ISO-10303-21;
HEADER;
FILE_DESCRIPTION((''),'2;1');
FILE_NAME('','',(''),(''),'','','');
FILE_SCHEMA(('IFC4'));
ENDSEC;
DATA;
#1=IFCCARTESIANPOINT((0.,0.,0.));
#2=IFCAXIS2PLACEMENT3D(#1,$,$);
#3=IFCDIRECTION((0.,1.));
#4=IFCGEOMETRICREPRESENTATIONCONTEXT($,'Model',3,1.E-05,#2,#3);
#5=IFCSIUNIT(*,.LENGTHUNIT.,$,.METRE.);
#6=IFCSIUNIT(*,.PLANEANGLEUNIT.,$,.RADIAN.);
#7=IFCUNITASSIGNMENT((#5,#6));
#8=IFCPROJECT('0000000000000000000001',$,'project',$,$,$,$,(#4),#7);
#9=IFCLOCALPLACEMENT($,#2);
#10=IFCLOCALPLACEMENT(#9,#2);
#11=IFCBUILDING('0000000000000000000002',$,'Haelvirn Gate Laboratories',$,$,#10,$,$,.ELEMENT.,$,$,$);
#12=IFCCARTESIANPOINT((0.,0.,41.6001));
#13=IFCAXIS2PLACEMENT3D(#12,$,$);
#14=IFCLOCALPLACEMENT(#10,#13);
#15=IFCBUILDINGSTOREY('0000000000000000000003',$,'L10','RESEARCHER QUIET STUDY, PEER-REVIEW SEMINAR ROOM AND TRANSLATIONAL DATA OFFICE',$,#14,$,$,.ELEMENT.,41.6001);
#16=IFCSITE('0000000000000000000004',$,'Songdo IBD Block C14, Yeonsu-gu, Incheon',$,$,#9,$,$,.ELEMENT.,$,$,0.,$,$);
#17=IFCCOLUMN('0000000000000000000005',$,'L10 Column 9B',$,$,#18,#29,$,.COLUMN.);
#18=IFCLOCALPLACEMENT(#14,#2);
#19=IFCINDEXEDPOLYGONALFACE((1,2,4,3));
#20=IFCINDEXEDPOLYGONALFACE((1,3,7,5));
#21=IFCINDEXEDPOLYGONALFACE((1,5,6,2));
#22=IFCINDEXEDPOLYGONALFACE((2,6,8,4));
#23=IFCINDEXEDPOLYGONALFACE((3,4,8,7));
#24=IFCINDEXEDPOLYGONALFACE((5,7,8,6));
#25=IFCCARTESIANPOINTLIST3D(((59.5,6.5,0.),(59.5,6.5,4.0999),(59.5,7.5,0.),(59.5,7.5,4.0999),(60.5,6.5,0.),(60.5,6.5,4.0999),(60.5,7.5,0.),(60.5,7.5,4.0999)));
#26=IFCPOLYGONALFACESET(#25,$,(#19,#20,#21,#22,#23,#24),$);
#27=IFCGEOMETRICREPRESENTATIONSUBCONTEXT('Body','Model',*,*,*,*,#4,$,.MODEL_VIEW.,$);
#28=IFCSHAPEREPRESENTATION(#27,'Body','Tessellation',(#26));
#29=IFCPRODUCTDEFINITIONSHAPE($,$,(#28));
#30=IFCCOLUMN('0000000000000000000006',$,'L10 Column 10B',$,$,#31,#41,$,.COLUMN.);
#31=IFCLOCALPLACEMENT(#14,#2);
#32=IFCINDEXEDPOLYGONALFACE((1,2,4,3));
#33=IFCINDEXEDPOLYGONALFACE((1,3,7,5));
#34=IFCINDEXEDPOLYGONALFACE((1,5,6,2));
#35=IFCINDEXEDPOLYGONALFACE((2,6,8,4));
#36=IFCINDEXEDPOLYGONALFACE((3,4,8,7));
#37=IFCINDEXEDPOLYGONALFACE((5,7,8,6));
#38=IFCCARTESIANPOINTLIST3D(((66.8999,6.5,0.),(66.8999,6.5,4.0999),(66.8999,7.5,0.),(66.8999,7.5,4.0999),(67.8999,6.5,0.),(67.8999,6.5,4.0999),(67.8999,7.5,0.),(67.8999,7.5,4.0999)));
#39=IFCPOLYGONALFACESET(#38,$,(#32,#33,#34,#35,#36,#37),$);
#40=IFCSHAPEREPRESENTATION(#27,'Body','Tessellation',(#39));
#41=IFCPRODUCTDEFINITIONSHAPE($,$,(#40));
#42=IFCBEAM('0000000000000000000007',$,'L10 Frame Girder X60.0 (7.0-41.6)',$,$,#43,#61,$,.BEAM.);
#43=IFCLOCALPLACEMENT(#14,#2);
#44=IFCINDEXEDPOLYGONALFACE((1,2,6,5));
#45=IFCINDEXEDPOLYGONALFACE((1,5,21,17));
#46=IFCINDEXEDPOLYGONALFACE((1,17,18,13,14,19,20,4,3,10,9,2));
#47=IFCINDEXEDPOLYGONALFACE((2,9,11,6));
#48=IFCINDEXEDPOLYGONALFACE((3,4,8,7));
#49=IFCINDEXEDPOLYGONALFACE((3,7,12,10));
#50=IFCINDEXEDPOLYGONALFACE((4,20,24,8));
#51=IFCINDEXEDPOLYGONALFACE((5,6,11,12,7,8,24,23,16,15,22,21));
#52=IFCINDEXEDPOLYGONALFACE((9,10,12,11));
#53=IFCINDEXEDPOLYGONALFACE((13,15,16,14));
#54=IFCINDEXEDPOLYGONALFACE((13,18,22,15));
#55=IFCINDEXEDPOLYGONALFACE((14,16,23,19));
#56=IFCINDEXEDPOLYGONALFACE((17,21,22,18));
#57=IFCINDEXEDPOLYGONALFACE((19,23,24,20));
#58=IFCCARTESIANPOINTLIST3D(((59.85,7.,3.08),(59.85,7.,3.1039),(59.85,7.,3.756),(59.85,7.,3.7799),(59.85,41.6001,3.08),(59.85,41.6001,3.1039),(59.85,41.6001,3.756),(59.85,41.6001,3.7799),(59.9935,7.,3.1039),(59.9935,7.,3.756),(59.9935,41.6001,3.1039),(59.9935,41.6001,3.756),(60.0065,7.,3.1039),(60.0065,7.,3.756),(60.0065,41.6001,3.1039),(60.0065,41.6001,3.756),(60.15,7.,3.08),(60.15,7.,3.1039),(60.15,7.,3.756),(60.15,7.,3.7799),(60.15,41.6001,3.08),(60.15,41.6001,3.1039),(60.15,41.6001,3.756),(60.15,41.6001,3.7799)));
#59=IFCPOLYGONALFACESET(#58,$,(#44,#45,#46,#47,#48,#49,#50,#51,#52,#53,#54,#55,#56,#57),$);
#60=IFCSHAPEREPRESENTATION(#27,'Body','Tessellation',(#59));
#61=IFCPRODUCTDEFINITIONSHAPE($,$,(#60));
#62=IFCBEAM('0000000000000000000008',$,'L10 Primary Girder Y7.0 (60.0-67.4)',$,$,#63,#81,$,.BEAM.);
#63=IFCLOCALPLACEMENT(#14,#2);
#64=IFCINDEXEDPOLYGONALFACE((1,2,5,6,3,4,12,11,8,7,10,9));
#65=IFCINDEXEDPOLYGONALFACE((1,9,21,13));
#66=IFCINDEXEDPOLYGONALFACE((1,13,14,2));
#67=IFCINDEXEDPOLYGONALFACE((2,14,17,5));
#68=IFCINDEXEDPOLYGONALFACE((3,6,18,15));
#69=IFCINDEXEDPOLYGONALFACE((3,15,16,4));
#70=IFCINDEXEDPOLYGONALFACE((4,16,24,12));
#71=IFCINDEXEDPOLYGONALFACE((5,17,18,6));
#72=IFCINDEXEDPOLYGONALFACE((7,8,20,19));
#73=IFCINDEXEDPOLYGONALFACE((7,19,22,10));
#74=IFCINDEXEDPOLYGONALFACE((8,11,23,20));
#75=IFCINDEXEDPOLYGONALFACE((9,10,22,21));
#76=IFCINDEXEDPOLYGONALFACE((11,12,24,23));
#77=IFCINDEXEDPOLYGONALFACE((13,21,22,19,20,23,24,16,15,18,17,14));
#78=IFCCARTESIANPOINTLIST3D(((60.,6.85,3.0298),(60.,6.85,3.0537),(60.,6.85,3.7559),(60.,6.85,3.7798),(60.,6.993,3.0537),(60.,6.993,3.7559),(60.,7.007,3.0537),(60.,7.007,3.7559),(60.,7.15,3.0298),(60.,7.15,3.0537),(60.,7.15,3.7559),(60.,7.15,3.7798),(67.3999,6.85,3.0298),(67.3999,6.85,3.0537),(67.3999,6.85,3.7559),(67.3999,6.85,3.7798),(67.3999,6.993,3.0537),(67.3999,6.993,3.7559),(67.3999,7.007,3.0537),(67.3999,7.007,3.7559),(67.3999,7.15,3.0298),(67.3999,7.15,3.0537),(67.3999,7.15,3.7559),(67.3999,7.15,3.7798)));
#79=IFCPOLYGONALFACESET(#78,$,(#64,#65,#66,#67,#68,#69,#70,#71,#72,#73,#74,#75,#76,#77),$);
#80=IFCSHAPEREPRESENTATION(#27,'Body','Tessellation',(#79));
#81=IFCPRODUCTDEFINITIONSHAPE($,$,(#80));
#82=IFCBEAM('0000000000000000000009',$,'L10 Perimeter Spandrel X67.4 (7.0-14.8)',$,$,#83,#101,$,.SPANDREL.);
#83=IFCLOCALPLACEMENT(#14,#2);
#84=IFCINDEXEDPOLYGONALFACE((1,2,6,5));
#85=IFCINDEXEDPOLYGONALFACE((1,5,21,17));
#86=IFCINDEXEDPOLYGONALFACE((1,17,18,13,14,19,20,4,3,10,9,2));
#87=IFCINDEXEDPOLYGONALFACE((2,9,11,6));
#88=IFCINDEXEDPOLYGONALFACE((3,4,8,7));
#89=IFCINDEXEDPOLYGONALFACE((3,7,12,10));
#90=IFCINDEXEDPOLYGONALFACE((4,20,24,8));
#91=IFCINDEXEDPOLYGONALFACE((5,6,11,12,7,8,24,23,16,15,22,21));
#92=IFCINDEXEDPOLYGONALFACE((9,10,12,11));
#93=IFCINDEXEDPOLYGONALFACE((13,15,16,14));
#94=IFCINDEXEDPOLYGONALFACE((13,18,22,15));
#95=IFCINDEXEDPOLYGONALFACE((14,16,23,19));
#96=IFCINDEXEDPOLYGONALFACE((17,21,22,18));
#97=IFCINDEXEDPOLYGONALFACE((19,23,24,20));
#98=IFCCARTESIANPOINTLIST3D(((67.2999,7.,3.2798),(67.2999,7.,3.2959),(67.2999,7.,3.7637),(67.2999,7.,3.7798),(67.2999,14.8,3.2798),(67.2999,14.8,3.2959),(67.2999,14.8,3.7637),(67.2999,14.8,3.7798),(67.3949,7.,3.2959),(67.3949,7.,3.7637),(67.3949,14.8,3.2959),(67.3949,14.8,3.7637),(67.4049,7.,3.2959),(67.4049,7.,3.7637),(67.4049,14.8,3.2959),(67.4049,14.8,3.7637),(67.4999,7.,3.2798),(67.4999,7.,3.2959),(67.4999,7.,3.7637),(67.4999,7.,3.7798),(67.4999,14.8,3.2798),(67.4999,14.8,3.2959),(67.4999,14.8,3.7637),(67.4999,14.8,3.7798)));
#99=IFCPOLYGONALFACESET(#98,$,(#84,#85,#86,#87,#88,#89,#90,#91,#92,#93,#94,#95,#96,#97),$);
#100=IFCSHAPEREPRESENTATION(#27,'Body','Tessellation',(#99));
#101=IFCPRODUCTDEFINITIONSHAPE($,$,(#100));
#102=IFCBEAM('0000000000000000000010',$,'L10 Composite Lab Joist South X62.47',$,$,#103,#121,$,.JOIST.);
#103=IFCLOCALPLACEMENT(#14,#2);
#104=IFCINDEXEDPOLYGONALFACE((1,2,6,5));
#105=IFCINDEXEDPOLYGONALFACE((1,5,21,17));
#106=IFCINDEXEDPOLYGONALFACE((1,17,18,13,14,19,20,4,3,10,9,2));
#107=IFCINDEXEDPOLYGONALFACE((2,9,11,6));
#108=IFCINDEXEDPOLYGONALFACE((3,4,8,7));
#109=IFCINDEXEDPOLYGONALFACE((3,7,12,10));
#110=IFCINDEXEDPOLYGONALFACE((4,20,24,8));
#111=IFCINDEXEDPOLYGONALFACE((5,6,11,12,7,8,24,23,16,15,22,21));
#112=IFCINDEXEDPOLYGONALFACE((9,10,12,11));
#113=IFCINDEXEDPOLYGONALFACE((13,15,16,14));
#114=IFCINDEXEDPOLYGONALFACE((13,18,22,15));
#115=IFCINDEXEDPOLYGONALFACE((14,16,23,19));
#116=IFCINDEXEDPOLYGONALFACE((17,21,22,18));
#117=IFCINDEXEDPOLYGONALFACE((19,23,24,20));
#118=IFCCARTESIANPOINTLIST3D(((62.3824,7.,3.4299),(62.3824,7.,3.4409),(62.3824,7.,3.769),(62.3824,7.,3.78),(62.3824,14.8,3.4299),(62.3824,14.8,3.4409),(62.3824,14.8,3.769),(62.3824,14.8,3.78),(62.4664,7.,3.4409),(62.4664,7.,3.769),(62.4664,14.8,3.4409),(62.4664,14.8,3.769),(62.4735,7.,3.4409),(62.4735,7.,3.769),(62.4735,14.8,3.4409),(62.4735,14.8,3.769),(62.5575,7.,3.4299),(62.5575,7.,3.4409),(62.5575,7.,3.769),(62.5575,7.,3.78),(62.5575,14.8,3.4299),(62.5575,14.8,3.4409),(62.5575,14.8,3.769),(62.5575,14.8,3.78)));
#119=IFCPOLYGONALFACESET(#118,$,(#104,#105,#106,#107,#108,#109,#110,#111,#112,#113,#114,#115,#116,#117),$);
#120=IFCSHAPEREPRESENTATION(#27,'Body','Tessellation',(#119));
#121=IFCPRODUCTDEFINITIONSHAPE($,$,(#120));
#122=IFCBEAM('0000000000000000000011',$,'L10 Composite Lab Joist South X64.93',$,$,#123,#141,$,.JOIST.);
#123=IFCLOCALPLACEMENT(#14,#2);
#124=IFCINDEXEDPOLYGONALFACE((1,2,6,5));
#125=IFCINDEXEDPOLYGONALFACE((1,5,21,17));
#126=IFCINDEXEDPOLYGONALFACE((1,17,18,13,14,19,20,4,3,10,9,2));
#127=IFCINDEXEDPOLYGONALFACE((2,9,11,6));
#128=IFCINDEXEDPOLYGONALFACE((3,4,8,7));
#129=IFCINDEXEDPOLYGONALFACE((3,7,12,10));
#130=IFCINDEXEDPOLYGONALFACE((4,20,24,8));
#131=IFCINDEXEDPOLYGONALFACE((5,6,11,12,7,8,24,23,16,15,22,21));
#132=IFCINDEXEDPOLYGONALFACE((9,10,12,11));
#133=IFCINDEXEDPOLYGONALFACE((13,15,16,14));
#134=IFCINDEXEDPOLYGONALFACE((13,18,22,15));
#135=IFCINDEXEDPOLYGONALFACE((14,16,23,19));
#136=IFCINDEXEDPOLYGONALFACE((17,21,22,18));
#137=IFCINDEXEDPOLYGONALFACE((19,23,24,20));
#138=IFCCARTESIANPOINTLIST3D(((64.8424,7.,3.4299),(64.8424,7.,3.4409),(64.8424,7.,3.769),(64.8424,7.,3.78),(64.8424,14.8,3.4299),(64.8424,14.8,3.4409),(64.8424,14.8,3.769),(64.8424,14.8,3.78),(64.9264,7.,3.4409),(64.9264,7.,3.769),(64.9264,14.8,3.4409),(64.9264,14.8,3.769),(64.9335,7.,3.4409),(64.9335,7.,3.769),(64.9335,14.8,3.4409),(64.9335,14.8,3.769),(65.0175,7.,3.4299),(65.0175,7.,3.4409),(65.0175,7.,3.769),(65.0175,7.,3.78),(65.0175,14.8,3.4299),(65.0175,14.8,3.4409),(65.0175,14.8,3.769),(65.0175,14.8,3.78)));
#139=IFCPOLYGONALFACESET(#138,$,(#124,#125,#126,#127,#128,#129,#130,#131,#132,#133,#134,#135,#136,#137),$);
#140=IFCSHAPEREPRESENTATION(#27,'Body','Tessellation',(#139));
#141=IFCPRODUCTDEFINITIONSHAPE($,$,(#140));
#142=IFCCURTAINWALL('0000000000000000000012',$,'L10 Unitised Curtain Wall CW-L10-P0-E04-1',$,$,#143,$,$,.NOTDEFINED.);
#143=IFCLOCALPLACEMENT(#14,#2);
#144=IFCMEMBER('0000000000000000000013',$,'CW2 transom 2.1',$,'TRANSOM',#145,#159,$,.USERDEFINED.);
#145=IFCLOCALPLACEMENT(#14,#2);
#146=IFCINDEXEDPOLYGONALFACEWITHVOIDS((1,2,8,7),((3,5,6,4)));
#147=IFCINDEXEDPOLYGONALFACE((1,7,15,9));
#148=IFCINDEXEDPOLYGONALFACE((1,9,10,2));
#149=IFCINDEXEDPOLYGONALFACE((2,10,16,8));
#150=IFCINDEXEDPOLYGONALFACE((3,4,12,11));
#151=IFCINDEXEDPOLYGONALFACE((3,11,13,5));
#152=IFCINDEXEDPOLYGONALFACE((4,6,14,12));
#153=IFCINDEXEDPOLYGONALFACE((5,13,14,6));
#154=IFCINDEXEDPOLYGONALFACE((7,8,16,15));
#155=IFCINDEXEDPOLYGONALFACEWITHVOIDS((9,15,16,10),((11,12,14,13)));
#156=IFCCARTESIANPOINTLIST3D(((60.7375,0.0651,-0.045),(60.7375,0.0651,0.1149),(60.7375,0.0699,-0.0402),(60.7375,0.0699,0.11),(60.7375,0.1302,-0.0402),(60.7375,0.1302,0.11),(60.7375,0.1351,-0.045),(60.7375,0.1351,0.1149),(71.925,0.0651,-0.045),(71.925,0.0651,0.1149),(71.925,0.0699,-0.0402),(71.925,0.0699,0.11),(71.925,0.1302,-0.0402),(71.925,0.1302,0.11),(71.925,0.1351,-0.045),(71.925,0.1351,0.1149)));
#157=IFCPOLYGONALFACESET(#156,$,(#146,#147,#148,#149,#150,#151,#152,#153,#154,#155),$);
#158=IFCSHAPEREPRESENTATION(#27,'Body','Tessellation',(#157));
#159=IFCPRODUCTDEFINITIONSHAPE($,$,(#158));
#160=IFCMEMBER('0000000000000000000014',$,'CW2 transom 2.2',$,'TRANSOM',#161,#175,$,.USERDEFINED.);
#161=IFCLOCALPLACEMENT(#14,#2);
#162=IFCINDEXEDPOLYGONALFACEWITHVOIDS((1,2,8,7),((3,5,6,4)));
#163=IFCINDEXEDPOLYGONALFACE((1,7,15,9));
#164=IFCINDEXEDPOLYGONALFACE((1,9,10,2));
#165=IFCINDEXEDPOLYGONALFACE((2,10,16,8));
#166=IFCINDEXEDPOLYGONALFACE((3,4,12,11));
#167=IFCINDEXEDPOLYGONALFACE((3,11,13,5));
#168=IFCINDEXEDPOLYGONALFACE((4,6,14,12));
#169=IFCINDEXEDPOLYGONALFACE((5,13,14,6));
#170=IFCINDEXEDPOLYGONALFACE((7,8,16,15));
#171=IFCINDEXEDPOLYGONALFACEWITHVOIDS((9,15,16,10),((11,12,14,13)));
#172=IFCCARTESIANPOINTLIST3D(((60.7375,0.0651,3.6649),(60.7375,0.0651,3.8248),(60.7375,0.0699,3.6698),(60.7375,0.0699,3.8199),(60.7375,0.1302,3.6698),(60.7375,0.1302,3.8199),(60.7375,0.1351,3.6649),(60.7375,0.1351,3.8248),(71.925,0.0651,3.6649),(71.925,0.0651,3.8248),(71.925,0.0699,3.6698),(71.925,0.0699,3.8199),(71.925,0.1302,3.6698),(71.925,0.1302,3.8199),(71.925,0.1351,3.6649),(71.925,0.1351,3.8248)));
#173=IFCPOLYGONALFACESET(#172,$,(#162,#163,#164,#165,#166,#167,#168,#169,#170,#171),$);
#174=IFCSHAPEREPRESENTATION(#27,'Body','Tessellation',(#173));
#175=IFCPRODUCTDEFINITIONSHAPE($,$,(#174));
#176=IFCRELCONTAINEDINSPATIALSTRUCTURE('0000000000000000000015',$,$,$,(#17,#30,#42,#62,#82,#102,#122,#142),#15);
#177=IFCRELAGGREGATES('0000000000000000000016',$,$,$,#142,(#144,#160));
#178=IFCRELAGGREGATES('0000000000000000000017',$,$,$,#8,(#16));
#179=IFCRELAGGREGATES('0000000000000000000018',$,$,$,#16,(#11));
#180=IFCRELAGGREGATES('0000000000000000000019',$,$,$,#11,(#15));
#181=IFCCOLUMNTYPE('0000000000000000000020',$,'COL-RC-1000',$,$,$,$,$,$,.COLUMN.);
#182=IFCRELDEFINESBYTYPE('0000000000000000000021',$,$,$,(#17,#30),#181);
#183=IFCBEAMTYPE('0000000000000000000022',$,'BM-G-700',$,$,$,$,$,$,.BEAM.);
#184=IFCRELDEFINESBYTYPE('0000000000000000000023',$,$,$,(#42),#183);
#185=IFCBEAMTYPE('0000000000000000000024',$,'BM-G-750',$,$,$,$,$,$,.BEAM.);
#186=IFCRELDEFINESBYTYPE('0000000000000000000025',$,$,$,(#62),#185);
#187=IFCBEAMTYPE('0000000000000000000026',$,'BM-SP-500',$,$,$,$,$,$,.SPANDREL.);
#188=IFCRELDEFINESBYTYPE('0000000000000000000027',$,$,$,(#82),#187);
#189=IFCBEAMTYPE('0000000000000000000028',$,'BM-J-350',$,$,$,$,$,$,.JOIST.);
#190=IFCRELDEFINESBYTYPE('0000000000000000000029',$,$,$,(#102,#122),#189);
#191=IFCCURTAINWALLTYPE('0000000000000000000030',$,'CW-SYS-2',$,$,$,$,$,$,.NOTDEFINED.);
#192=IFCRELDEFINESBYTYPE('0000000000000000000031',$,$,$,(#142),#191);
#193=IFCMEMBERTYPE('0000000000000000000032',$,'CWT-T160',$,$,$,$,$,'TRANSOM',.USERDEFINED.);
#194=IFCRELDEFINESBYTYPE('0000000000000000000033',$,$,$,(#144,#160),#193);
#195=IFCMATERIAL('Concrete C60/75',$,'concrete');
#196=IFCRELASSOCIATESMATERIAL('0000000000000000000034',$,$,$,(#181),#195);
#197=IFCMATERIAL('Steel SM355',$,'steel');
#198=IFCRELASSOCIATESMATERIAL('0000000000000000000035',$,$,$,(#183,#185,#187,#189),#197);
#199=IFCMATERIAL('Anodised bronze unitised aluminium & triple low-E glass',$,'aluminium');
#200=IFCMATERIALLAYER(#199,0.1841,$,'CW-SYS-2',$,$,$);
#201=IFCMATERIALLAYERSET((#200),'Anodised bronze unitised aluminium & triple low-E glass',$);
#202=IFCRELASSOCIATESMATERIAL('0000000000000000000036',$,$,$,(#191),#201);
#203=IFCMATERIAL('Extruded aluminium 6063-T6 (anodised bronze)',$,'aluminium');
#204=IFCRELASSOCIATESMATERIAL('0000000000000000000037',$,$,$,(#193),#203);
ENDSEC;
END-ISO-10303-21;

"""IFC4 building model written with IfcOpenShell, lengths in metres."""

from ifc_helpers import new_model, si_unit, direction, frame, origin, origin_2d, place, context, subcontext, project, spatial, rectangle, hollow_rectangle, i_section, extrude, source, transform, mapped, material, layer, layer_set, material_profile, profile_set, type_object, type_shapes, element, aggregate, save


model = new_model("IFC4")

# Units and contexts
model_context = context("Model", 3, precision=1e-05, world=origin(), true_north=direction((0.0, 1.0)))
body_context = subcontext(model_context, "Body", "Model", "MODEL_VIEW")
ifc_project = project(units=[si_unit("LENGTHUNIT", "METRE"), si_unit("PLANEANGLEUNIT", "RADIAN")], contexts=[model_context])

# Site, building, storey
site_placement = place(None, origin())
site = spatial("IfcSite", under=ifc_project, at=site_placement, Name="Songdo IBD Block C14, Yeonsu-gu, Incheon", CompositionType="ELEMENT", RefElevation=0.0)
building_placement = place(site_placement, origin())
building = spatial("IfcBuilding", under=site, at=building_placement, Name="Haelvirn Gate Laboratories", CompositionType="ELEMENT")
storey_placement = place(building_placement, frame((0.0, 0.0, 41.6001)))
storey = spatial("IfcBuildingStorey", under=building, at=storey_placement, Name="L10", Description="RESEARCHER QUIET STUDY, PEER-REVIEW SEMINAR ROOM AND TRANSLATIONAL DATA OFFICE", CompositionType="ELEMENT", Elevation=41.6001)

# Columns
ifc_material_1 = material(Name="Concrete C60/75", Category="concrete")
ifc_material_profile_1 = material_profile(ifc_material_1, rectangle(XDim=1.0, YDim=1.0, at=origin_2d()), Name="RC-1000x1000")
ifc_profile_set_1 = profile_set([ifc_material_profile_1], Name="Concrete C60/75")
column_type = type_object("IfcColumnType", Name="COL-RC-1000", PredefinedType="COLUMN", material=ifc_profile_set_1)
shared_shape_1 = source(origin(), body_context, "Body", "SweptSolid", [
    extrude(rectangle(XDim=1.0, YDim=1.0, at=origin_2d()), origin(), (0.0, 0.0, 1.0), 4.0999),
])
type_shapes(column_type, [shared_shape_1])
for number, where, z_axis, x_axis, name in (
    (1, (60.0, 7.0, 0.0), (0.0, 0.0, 1.0), (1.0, 0.0, 0.0), "L10 Column 9B"),
    (2, (67.3999, 7.0, 0.0), (0.0, 0.0, 1.0), (1.0, 0.0, 0.0), "L10 Column 10B"),
):
    element("IfcColumn", number, at=place(storey_placement, frame(where, z_axis=z_axis, x_axis=x_axis)), inside=storey, type_object=column_type, Name=name, PredefinedType="COLUMN", context=body_context, shape_type="MappedRepresentation", body=[
        mapped(shared_shape_1, transform((0.0, 0.0, 0.0), scale=1.0)),
    ])

# Beams
ifc_material_2 = material(Name="Steel SM355", Category="steel")
ifc_material_profile_2 = material_profile(ifc_material_2, i_section(OverallWidth=0.3, OverallDepth=0.7, WebThickness=0.0129, FlangeThickness=0.0239, at=origin_2d()), Name="H-700x300x13x24")
ifc_profile_set_2 = profile_set([ifc_material_profile_2], Name="Steel SM355")
beam_type_1 = type_object("IfcBeamType", Name="BM-G-700", PredefinedType="BEAM", material=ifc_profile_set_2)
shared_shape_2 = source(origin(), body_context, "Body", "SweptSolid", [
    extrude(i_section(OverallWidth=0.3, OverallDepth=0.7, WebThickness=0.0129, FlangeThickness=0.0239, at=origin_2d()), origin(), (0.0, 0.0, 1.0), 34.6001),
])
type_shapes(beam_type_1, [shared_shape_2])
beam_1_placement = place(storey_placement, frame((60.0, 7.0, 3.4299), z_axis=(0.0, 1.0, 0.0), x_axis=(-1.0, 0.0, 0.0)))
element("IfcBeam", 3, at=beam_1_placement, inside=storey, type_object=beam_type_1, Name="L10 Frame Girder X60.0 (7.0-41.6)", PredefinedType="BEAM", context=body_context, shape_type="MappedRepresentation", body=[
    mapped(shared_shape_2, transform((0.0, 0.0, 0.0), scale=1.0)),
])
ifc_material_profile_3 = material_profile(ifc_material_2, i_section(OverallWidth=0.3, OverallDepth=0.75, WebThickness=0.0139, FlangeThickness=0.0239, at=origin_2d()), Name="H-750x300x14x24")
ifc_profile_set_3 = profile_set([ifc_material_profile_3], Name="Steel SM355")
beam_type_2 = type_object("IfcBeamType", Name="BM-G-750", PredefinedType="BEAM", material=ifc_profile_set_3)
shared_shape_3 = source(origin(), body_context, "Body", "SweptSolid", [
    extrude(i_section(OverallWidth=0.3, OverallDepth=0.75, WebThickness=0.0139, FlangeThickness=0.0239, at=origin_2d()), origin(), (0.0, 0.0, 1.0), 7.3999),
])
type_shapes(beam_type_2, [shared_shape_3])
beam_2_placement = place(storey_placement, frame((60.0, 7.0, 3.4048), z_axis=(1.0, 0.0, 0.0), x_axis=(0.0, 1.0, 0.0)))
element("IfcBeam", 4, at=beam_2_placement, inside=storey, type_object=beam_type_2, Name="L10 Primary Girder Y7.0 (60.0-67.4)", PredefinedType="BEAM", context=body_context, shape_type="MappedRepresentation", body=[
    mapped(shared_shape_3, transform((0.0, 0.0, 0.0), scale=1.0)),
])
ifc_material_profile_4 = material_profile(ifc_material_2, i_section(OverallWidth=0.2, OverallDepth=0.5, WebThickness=0.01, FlangeThickness=0.0161, at=origin_2d()), Name="H-500x200x10x16")
ifc_profile_set_4 = profile_set([ifc_material_profile_4], Name="Steel SM355")
beam_type_3 = type_object("IfcBeamType", Name="BM-SP-500", PredefinedType="SPANDREL", material=ifc_profile_set_4)
shared_shape_4 = source(origin(), body_context, "Body", "SweptSolid", [
    extrude(i_section(OverallWidth=0.2, OverallDepth=0.5, WebThickness=0.01, FlangeThickness=0.0161, at=origin_2d()), origin(), (0.0, 0.0, 1.0), 7.8),
])
type_shapes(beam_type_3, [shared_shape_4])
beam_3_placement = place(storey_placement, frame((67.3999, 7.0, 3.5298), z_axis=(0.0, 1.0, 0.0), x_axis=(-1.0, 0.0, 0.0)))
element("IfcBeam", 5, at=beam_3_placement, inside=storey, type_object=beam_type_3, Name="L10 Perimeter Spandrel X67.4 (7.0-14.8)", PredefinedType="SPANDREL", context=body_context, shape_type="MappedRepresentation", body=[
    mapped(shared_shape_4, transform((0.0, 0.0, 0.0), scale=1.0)),
])
ifc_material_profile_5 = material_profile(ifc_material_2, i_section(OverallWidth=0.175, OverallDepth=0.3501, WebThickness=0.0071, FlangeThickness=0.011, at=origin_2d()), Name="H-350x175x7x11")
ifc_profile_set_5 = profile_set([ifc_material_profile_5], Name="Steel SM355")
beam_type_4 = type_object("IfcBeamType", Name="BM-J-350", PredefinedType="JOIST", material=ifc_profile_set_5)
shared_shape_5 = source(origin(), body_context, "Body", "SweptSolid", [
    extrude(i_section(OverallWidth=0.175, OverallDepth=0.3501, WebThickness=0.0071, FlangeThickness=0.011, at=origin_2d()), origin(), (0.0, 0.0, 1.0), 7.8),
])
type_shapes(beam_type_4, [shared_shape_5])
for number, where, z_axis, x_axis, name in (
    (6, (62.47, 7.0, 3.605), (0.0, 1.0, 0.0), (-1.0, 0.0, 0.0), "L10 Composite Lab Joist South X62.47"),
    (7, (64.9299, 7.0, 3.605), (0.0, 1.0, 0.0), (-1.0, 0.0, 0.0), "L10 Composite Lab Joist South X64.93"),
):
    element("IfcBeam", number, at=place(storey_placement, frame(where, z_axis=z_axis, x_axis=x_axis)), inside=storey, type_object=beam_type_4, Name=name, PredefinedType="JOIST", context=body_context, shape_type="MappedRepresentation", body=[
        mapped(shared_shape_5, transform((0.0, 0.0, 0.0), scale=1.0)),
    ])

# Curtain wall, members
ifc_material_3 = material(Name="Anodised bronze unitised aluminium & triple low-E glass", Category="aluminium")
ifc_layer_1 = layer(ifc_material_3, 0.1841, Name="CW-SYS-2")
ifc_layer_set_1 = layer_set([ifc_layer_1], Name="Anodised bronze unitised aluminium & triple low-E glass")
curtain_wall_type_1 = type_object("IfcCurtainWallType", Name="CW-SYS-2", PredefinedType="NOTDEFINED", material=ifc_layer_set_1)
curtain_wall_1_placement = place(storey_placement, origin())
curtain_wall_1 = element("IfcCurtainWall", 8, at=curtain_wall_1_placement, inside=storey, type_object=curtain_wall_type_1, Name="L10 Unitised Curtain Wall CW-L10-P0-E04-1", PredefinedType="NOTDEFINED")
ifc_material_4 = material(Name="Extruded aluminium 6063-T6 (anodised bronze)", Category="aluminium")
ifc_material_profile_6 = material_profile(ifc_material_4, hollow_rectangle(XDim=0.0701, YDim=0.1599, WallThickness=0.0049, at=origin_2d()), Name="CWT-160x70x5")
ifc_profile_set_6 = profile_set([ifc_material_profile_6], Name="Extruded aluminium 6063-T6 (anodised bronze)")
member_type_1 = type_object("IfcMemberType", Name="CWT-T160", ElementType="TRANSOM", PredefinedType="USERDEFINED", material=ifc_profile_set_6)
shared_shape_6 = source(origin(), body_context, "Body", "SweptSolid", [
    extrude(hollow_rectangle(XDim=0.0701, YDim=0.1599, WallThickness=0.0049, at=origin_2d()), origin(), (0.0, 0.0, 1.0), 11.1875),
])
member_1_placement = place(storey_placement, frame((60.7375, 0.1001, 0.0349), z_axis=(1.0, 0.0, 0.0), x_axis=(0.0, 1.0, 0.0)))
member_1 = element("IfcMember", 9, at=member_1_placement, type_object=member_type_1, Name="CW2 transom 2.1", ObjectType="TRANSOM", PredefinedType="USERDEFINED", context=body_context, shape_type="MappedRepresentation", body=[
    mapped(shared_shape_6, transform((0.0, 0.0, 0.0), scale=1.0)),
])
member_2_placement = place(storey_placement, frame((60.7375, 0.1001, 3.7449), z_axis=(1.0, 0.0, 0.0), x_axis=(0.0, 1.0, 0.0)))
member_2 = element("IfcMember", 10, at=member_2_placement, type_object=member_type_1, Name="CW2 transom 2.2", ObjectType="TRANSOM", PredefinedType="USERDEFINED", context=body_context, shape_type="MappedRepresentation", body=[
    mapped(shared_shape_6, transform((0.0, 0.0, 0.0), scale=1.0)),
])

aggregate(curtain_wall_1, [member_1, member_2])

save(model, "model.ifc")
